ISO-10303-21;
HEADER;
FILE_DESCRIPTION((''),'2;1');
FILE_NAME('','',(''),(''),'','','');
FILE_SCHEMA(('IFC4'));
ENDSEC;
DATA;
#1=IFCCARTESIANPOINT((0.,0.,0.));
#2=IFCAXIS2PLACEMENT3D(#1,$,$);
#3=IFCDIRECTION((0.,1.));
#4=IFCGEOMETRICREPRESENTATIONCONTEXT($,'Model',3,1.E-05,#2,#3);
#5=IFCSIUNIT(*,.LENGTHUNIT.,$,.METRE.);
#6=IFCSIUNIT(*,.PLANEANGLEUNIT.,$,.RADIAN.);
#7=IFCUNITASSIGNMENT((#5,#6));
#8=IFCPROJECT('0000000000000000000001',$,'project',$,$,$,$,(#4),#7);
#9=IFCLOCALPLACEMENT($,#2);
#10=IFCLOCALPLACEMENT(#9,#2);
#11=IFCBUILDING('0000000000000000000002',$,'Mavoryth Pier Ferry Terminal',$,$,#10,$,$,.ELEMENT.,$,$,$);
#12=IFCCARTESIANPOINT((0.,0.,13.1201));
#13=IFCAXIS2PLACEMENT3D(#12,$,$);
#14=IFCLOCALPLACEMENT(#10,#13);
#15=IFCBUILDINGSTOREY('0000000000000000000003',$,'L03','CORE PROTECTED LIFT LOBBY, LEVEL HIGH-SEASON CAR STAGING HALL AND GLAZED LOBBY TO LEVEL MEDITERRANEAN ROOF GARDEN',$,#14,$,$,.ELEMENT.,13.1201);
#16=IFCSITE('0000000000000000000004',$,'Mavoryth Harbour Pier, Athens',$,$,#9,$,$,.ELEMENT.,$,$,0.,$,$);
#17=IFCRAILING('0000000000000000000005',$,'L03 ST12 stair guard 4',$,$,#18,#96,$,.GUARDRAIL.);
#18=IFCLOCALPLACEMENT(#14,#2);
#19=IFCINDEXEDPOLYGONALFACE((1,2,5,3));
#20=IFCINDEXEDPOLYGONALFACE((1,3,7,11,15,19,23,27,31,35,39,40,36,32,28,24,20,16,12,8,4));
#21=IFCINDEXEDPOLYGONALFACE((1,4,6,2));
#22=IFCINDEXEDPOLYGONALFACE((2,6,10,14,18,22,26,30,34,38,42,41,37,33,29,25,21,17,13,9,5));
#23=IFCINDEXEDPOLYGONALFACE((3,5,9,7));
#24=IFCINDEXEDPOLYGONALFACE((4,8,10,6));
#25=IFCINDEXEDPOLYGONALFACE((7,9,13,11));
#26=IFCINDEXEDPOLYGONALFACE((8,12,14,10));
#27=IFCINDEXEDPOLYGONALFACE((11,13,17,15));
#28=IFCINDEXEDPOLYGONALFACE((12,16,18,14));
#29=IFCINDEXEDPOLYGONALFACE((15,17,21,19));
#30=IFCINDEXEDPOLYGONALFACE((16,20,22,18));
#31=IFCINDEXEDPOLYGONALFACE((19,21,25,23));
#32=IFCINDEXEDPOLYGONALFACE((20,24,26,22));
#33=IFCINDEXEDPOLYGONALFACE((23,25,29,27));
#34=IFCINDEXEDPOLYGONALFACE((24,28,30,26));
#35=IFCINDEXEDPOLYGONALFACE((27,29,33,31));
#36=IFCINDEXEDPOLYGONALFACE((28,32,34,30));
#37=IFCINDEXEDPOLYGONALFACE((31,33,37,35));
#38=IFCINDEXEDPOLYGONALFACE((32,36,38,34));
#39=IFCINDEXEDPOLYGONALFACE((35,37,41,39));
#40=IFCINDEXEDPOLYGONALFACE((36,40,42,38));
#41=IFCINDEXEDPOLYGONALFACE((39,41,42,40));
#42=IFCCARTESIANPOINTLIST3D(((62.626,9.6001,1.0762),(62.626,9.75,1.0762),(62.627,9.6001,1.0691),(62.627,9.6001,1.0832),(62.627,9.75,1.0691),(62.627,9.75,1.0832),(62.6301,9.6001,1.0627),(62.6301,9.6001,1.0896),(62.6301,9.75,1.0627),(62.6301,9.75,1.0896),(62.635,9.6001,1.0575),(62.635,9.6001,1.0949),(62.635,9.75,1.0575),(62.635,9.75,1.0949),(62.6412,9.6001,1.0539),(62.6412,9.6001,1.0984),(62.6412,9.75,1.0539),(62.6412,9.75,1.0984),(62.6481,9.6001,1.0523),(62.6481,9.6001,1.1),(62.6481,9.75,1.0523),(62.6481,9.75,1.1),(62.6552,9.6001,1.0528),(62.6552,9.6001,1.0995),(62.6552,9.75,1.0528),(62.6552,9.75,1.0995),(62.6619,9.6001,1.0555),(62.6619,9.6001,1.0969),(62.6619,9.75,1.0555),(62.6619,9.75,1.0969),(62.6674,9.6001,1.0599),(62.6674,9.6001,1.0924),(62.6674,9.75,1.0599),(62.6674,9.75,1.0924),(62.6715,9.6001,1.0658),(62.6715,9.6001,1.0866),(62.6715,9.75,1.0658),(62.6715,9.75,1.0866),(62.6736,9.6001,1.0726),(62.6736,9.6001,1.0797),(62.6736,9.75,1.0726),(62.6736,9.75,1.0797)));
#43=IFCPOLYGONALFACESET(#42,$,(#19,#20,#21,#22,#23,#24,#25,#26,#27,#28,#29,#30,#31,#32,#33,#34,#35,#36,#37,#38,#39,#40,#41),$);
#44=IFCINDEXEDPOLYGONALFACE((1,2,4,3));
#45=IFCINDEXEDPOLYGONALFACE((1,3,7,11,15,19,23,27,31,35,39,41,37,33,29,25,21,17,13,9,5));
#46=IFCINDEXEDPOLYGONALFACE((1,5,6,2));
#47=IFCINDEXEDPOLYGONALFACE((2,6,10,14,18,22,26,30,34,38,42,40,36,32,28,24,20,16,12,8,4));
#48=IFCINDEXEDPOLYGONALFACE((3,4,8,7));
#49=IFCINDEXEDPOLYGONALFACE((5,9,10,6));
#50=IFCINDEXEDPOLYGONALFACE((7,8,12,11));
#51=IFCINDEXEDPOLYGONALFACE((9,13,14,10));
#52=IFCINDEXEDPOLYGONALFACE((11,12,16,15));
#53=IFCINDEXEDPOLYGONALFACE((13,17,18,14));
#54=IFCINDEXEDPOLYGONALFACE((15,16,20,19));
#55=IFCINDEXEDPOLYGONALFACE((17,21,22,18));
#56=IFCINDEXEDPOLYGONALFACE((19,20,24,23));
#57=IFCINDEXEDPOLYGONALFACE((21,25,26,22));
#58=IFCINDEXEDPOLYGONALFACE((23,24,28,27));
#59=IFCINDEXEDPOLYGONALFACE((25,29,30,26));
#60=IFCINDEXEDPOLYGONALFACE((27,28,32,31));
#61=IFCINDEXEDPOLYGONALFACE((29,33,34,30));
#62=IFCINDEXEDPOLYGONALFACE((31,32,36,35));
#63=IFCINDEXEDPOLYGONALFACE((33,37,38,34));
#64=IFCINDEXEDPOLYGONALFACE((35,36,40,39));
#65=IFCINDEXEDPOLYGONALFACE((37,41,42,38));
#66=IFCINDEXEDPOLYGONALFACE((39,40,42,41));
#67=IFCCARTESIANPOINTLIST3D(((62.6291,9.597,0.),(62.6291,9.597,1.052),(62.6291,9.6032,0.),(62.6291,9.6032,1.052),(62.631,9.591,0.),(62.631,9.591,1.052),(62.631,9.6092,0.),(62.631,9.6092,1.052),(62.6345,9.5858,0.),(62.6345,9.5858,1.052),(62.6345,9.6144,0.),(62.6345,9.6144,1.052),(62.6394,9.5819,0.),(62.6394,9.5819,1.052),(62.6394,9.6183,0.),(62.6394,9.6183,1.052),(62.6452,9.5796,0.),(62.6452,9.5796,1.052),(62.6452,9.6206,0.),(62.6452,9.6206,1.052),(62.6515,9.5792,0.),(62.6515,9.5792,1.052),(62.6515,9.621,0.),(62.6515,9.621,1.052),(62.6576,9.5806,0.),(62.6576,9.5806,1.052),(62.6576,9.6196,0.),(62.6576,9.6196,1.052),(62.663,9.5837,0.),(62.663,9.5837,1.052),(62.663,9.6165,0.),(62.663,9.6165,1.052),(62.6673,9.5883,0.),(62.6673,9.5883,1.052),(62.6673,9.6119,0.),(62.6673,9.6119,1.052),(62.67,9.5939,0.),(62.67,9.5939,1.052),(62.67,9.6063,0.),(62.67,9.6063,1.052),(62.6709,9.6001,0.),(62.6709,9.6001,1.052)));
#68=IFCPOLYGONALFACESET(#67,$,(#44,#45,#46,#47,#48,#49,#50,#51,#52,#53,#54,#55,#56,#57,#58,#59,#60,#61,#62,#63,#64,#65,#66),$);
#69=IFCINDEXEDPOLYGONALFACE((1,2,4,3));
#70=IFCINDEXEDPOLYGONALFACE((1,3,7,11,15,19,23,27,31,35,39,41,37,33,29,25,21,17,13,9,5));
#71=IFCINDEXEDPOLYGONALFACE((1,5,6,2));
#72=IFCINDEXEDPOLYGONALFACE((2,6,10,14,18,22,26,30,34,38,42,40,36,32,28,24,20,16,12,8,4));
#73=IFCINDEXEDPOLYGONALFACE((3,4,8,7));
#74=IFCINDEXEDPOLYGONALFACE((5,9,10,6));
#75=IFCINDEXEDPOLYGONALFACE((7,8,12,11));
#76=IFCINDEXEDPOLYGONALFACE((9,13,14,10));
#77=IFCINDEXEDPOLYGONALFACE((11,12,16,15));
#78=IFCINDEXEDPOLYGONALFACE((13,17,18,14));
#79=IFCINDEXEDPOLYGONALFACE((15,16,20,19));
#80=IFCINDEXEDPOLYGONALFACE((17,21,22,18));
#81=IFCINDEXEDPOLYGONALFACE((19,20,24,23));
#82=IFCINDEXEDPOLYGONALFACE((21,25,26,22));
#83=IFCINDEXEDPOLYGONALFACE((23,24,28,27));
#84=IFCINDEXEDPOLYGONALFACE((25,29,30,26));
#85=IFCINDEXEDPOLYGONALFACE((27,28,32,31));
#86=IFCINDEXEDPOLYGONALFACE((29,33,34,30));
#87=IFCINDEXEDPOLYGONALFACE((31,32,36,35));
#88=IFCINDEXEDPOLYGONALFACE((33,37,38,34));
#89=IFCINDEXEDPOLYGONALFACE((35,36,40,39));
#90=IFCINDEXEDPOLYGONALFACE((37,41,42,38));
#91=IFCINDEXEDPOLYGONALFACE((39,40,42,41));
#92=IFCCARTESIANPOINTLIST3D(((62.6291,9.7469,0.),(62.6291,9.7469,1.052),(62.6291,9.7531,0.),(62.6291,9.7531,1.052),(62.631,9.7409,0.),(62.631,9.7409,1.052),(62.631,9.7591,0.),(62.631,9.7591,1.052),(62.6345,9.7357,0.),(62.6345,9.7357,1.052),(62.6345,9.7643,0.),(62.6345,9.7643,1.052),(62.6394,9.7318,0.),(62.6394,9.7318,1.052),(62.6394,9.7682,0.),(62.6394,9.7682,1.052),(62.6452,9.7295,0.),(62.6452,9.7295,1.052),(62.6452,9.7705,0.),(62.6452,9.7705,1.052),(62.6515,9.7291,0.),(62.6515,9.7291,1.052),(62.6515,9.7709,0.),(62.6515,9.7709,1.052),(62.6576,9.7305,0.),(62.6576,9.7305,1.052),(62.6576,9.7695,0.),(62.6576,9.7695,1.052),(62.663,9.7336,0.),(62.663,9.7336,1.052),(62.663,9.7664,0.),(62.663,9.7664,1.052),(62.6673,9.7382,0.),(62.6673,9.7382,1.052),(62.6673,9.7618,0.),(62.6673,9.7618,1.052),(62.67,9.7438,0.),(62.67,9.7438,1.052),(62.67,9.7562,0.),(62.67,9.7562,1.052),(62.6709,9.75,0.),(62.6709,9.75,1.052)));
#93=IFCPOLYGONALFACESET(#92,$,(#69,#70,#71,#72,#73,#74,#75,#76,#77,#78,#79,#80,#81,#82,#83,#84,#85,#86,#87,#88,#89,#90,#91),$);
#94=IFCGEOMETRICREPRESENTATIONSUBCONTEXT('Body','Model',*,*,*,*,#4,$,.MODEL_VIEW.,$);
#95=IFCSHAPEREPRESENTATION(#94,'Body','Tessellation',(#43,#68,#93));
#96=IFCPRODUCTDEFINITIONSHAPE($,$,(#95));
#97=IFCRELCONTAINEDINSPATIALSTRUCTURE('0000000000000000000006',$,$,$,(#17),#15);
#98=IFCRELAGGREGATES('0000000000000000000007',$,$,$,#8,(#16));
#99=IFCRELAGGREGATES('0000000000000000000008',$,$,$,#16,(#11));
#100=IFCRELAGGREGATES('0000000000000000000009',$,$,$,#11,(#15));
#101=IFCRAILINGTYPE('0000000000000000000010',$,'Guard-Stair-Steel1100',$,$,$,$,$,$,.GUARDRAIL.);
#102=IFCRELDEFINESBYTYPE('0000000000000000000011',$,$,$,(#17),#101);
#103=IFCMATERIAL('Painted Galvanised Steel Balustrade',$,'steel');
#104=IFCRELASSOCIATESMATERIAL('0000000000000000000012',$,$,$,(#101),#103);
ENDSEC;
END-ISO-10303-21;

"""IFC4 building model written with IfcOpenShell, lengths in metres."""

from ifc_helpers import new_model, si_unit, direction, frame, origin, origin_2d, place, context, subcontext, project, spatial, circle, extrude, material, type_object, element, save


model = new_model("IFC4")

# Units and contexts
model_context = context("Model", 3, precision=1e-05, world=origin(), true_north=direction((0.0, 1.0)))
body_context = subcontext(model_context, "Body", "Model", "MODEL_VIEW")
ifc_project = project(units=[si_unit("LENGTHUNIT", "METRE"), si_unit("PLANEANGLEUNIT", "RADIAN")], contexts=[model_context])

# Site, building, storey
site_placement = place(None, origin())
site = spatial("IfcSite", under=ifc_project, at=site_placement, Name="Mavoryth Harbour Pier, Athens", CompositionType="ELEMENT", RefElevation=0.0)
building_placement = place(site_placement, origin())
building = spatial("IfcBuilding", under=site, at=building_placement, Name="Mavoryth Pier Ferry Terminal", CompositionType="ELEMENT")
storey_placement = place(building_placement, frame((0.0, 0.0, 13.1201)))
storey = spatial("IfcBuildingStorey", under=building, at=storey_placement, Name="L03", Description="CORE PROTECTED LIFT LOBBY, LEVEL HIGH-SEASON CAR STAGING HALL AND GLAZED LOBBY TO LEVEL MEDITERRANEAN ROOF GARDEN", CompositionType="ELEMENT", Elevation=13.1201)

# Railing
ifc_material_1 = material(Name="Painted Galvanised Steel Balustrade", Category="steel")
railing_type_1 = type_object("IfcRailingType", Name="Guard-Stair-Steel1100", PredefinedType="GUARDRAIL", material=ifc_material_1)
railing_1_placement = place(storey_placement, frame((62.6499, 9.6001, 0.0)))
element("IfcRailing", 1, at=railing_1_placement, inside=storey, type_object=railing_type_1, Name="L03 ST12 stair guard 4", PredefinedType="GUARDRAIL", context=body_context, shape_type="SweptSolid", body=[
    extrude(circle(Radius=0.0239, at=origin_2d()), frame((0.0, 0.0, 1.0762), z_axis=(0.0, 1.0, 0.0), x_axis=(-1.0, 0.0, 0.0)), (0.0, 0.0, 1.0), 0.1499),
    extrude(circle(Radius=0.021, at=origin_2d()), origin(), (0.0, 0.0, 1.0), 1.052),
    extrude(circle(Radius=0.021, at=origin_2d()), frame((0.0, 0.1499, 0.0)), (0.0, 0.0, 1.0), 1.052),
])

save(model, "model.ifc")
